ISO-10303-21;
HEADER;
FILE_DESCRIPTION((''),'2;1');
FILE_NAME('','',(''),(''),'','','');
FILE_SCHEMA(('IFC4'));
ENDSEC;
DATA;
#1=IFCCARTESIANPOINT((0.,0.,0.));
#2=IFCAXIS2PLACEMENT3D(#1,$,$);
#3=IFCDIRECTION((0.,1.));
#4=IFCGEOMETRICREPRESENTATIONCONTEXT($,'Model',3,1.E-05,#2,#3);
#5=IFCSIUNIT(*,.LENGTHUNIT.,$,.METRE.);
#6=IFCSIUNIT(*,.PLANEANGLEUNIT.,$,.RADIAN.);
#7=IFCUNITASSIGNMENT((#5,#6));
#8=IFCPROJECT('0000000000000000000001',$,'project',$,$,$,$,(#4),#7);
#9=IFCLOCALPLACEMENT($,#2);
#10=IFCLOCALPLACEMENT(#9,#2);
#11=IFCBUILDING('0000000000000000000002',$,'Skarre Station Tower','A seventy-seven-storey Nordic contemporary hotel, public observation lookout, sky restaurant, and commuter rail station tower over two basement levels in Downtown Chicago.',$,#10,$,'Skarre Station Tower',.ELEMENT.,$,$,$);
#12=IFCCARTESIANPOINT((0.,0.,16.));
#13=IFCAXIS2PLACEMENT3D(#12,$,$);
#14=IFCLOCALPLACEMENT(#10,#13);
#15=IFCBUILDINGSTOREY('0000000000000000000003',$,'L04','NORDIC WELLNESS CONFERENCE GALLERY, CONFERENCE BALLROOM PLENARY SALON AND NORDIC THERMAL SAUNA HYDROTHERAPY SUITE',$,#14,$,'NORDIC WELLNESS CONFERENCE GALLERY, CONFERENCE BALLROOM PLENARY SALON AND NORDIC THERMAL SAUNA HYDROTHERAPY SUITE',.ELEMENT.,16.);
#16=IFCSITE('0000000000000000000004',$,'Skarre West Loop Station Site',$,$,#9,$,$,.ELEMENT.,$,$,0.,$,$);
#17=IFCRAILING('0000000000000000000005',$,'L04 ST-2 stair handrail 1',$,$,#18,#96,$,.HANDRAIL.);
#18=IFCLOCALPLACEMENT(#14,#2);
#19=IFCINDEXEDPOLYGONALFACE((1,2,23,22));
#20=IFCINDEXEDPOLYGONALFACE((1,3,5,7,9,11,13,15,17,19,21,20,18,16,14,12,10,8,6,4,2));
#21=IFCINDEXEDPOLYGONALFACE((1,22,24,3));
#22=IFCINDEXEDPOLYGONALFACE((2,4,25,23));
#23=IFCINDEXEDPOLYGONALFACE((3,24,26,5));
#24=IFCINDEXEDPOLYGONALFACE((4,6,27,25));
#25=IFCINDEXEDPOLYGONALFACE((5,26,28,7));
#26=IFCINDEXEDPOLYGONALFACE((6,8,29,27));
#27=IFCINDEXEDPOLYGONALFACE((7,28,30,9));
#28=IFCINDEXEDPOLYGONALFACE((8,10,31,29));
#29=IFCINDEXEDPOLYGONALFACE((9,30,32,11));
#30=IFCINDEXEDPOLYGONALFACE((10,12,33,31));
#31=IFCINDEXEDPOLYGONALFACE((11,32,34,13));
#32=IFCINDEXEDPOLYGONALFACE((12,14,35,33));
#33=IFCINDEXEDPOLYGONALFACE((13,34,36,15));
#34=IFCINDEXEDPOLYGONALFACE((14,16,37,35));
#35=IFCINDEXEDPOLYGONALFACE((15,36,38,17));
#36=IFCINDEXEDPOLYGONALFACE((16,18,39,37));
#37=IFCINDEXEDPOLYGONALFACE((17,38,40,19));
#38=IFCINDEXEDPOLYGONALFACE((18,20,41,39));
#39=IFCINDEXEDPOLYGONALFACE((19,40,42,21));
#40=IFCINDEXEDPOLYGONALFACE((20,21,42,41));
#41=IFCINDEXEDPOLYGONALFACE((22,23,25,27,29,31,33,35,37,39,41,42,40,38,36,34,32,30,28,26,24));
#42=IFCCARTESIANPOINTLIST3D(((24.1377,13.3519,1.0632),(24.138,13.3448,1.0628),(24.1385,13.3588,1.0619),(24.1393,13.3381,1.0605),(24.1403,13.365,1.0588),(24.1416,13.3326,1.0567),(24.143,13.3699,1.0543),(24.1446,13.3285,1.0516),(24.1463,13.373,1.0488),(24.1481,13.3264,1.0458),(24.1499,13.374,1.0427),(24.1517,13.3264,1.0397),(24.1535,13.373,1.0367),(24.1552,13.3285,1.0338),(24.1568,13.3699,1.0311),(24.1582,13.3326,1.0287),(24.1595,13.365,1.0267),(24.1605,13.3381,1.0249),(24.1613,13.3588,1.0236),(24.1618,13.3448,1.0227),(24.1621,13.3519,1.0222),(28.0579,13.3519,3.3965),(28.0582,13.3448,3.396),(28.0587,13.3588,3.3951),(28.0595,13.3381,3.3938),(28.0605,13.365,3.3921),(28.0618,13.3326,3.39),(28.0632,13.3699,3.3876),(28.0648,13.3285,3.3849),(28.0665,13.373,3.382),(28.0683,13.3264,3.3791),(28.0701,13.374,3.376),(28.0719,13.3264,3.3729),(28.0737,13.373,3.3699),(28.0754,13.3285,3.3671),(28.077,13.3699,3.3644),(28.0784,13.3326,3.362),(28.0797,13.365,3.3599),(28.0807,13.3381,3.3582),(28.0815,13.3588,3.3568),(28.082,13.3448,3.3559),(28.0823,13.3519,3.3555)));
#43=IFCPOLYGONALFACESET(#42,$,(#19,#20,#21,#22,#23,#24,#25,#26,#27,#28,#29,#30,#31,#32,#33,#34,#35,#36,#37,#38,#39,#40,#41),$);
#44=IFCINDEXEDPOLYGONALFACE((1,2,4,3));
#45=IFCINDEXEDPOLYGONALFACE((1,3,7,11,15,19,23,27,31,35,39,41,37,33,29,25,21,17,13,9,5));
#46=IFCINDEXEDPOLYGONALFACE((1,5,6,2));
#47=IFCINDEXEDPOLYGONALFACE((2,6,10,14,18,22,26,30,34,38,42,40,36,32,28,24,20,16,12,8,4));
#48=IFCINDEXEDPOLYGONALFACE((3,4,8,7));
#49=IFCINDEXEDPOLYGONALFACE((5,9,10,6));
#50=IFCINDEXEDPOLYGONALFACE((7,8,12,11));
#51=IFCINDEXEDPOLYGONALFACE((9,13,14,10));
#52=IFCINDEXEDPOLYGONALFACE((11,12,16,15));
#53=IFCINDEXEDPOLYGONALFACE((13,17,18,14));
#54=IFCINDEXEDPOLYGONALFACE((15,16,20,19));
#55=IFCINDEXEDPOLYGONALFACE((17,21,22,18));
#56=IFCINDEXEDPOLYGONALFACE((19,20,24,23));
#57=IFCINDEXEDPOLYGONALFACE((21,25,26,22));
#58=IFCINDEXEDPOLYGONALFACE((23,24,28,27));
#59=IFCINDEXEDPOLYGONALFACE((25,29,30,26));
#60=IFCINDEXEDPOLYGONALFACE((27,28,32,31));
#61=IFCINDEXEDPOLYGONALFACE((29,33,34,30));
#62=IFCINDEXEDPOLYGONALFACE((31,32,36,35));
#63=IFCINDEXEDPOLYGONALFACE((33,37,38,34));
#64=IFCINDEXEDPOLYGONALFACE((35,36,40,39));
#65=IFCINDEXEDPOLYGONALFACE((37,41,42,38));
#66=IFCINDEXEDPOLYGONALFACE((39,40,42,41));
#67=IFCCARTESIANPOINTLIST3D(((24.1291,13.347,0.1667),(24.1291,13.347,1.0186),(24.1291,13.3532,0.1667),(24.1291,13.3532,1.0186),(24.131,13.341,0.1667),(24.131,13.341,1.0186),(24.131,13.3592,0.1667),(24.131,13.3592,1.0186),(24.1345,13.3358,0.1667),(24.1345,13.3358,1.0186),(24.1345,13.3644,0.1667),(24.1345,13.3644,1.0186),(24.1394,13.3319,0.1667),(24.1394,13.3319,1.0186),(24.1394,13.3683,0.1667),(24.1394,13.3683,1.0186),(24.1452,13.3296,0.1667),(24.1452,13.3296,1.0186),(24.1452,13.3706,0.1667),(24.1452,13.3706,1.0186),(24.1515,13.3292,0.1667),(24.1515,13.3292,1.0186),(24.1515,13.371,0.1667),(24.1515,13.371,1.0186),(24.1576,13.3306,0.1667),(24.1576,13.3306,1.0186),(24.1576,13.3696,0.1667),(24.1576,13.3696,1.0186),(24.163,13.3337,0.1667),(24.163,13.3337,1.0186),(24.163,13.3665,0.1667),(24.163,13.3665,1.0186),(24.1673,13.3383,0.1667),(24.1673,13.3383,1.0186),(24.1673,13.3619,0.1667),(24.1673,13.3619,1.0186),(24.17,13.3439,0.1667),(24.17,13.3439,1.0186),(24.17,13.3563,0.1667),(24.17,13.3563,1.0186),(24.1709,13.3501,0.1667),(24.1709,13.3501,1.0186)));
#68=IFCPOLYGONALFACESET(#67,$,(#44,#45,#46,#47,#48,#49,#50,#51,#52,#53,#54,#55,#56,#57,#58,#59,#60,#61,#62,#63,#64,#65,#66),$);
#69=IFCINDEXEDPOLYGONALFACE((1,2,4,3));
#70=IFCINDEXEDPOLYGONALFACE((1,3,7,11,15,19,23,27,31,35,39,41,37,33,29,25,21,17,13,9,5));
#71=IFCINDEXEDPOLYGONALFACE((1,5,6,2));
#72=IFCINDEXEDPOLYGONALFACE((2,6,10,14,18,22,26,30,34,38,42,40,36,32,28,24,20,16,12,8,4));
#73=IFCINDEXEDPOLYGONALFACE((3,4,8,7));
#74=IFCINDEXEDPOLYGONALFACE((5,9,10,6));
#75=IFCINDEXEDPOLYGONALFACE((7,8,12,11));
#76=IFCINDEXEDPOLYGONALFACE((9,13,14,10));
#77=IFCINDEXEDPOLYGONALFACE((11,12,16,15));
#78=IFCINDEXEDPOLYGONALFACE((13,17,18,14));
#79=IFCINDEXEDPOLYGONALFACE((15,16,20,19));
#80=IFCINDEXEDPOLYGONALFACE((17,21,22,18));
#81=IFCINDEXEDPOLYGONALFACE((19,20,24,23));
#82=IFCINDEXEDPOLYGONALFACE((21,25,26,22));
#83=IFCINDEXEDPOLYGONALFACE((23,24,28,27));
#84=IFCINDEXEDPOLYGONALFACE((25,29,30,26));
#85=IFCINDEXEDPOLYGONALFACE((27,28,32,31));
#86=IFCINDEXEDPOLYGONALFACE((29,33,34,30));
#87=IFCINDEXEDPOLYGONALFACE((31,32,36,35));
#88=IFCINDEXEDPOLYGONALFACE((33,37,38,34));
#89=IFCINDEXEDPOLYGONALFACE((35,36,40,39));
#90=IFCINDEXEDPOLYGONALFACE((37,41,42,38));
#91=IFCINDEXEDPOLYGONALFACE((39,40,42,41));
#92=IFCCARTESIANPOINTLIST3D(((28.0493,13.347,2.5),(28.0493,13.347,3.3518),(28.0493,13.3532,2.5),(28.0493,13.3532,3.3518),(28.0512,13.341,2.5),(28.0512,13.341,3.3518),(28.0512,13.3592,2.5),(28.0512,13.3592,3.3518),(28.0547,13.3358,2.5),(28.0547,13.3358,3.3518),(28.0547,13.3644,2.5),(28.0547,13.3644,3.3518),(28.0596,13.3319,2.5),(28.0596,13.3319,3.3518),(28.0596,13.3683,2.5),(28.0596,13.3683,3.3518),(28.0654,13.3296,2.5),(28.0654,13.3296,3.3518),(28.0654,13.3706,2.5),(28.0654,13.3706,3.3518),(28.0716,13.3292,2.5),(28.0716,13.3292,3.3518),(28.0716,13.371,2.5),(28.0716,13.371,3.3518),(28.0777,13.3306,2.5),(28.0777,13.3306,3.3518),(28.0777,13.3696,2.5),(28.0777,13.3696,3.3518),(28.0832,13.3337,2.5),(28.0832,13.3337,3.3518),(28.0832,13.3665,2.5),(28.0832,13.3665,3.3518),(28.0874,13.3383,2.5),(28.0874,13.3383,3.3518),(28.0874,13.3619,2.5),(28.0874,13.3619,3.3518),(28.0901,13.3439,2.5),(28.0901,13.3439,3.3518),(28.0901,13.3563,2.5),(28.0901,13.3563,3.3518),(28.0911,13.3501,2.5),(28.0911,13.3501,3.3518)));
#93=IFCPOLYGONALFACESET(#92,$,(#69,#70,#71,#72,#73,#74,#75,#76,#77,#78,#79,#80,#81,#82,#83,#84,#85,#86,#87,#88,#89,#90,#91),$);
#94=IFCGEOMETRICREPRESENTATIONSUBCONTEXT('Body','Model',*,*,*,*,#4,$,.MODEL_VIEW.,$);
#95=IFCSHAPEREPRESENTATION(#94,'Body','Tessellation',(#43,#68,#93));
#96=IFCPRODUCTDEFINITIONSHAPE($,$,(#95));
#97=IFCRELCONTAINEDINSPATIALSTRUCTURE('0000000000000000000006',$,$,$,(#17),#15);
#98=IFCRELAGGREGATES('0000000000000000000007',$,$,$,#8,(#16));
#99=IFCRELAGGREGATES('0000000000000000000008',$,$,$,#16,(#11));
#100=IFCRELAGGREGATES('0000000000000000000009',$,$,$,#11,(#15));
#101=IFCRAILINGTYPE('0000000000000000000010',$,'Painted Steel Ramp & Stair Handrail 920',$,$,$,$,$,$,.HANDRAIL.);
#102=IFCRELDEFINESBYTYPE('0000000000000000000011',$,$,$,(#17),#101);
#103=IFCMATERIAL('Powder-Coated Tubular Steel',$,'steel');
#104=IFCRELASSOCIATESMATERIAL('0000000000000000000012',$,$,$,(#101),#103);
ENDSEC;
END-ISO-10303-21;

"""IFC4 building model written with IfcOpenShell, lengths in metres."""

from ifc_helpers import new_model, si_unit, direction, frame, origin, origin_2d, place, context, subcontext, project, spatial, circle, extrude, material, type_object, element, save


model = new_model("IFC4")

# Units and contexts
model_context = context("Model", 3, precision=1e-05, world=origin(), true_north=direction((0.0, 1.0)))
body_context = subcontext(model_context, "Body", "Model", "MODEL_VIEW")
ifc_project = project(units=[si_unit("LENGTHUNIT", "METRE"), si_unit("PLANEANGLEUNIT", "RADIAN")], contexts=[model_context])

# Site, building, storey
site_placement = place(None, origin())
site = spatial("IfcSite", under=ifc_project, at=site_placement, Name="Skarre West Loop Station Site", CompositionType="ELEMENT", RefElevation=0.0)
building_placement = place(site_placement, origin())
building = spatial("IfcBuilding", under=site, at=building_placement, Name="Skarre Station Tower", Description="A seventy-seven-storey Nordic contemporary hotel, public observation lookout, sky restaurant, and commuter rail station tower over two basement levels in Downtown Chicago.", LongName="Skarre Station Tower", CompositionType="ELEMENT")
storey_placement = place(building_placement, frame((0.0, 0.0, 16.0)))
storey = spatial("IfcBuildingStorey", under=building, at=storey_placement, Name="L04", Description="NORDIC WELLNESS CONFERENCE GALLERY, CONFERENCE BALLROOM PLENARY SALON AND NORDIC THERMAL SAUNA HYDROTHERAPY SUITE", LongName="NORDIC WELLNESS CONFERENCE GALLERY, CONFERENCE BALLROOM PLENARY SALON AND NORDIC THERMAL SAUNA HYDROTHERAPY SUITE", CompositionType="ELEMENT", Elevation=16.0)

# Railing
ifc_material_1 = material(Name="Powder-Coated Tubular Steel", Category="steel")
railing_type = type_object("IfcRailingType", Name="Painted Steel Ramp & Stair Handrail 920", PredefinedType="HANDRAIL", material=ifc_material_1)
railing_placement = place(storey_placement, frame((24.1499, 13.3501, 0.1667)))
element("IfcRailing", 1, at=railing_placement, inside=storey, type_object=railing_type, Name="L04 ST-2 stair handrail 1", PredefinedType="HANDRAIL", context=body_context, shape_type="SweptSolid", body=[
    extrude(circle(Radius=0.0239, at=origin_2d()), frame((0.0, 0.0, 0.876), z_axis=(0.85931, 0.0, 0.511455), x_axis=(0.0, 1.0, 0.0)), (0.0, 0.0, 1.0), 4.562),
    extrude(circle(Radius=0.021, at=origin_2d()), origin(), (0.0, 0.0, 1.0), 0.8518),
    extrude(circle(Radius=0.021, at=origin_2d()), frame((3.9202, 0.0, 2.3333)), (0.0, 0.0, 1.0), 0.8518),
])

save(model, "model.ifc")
